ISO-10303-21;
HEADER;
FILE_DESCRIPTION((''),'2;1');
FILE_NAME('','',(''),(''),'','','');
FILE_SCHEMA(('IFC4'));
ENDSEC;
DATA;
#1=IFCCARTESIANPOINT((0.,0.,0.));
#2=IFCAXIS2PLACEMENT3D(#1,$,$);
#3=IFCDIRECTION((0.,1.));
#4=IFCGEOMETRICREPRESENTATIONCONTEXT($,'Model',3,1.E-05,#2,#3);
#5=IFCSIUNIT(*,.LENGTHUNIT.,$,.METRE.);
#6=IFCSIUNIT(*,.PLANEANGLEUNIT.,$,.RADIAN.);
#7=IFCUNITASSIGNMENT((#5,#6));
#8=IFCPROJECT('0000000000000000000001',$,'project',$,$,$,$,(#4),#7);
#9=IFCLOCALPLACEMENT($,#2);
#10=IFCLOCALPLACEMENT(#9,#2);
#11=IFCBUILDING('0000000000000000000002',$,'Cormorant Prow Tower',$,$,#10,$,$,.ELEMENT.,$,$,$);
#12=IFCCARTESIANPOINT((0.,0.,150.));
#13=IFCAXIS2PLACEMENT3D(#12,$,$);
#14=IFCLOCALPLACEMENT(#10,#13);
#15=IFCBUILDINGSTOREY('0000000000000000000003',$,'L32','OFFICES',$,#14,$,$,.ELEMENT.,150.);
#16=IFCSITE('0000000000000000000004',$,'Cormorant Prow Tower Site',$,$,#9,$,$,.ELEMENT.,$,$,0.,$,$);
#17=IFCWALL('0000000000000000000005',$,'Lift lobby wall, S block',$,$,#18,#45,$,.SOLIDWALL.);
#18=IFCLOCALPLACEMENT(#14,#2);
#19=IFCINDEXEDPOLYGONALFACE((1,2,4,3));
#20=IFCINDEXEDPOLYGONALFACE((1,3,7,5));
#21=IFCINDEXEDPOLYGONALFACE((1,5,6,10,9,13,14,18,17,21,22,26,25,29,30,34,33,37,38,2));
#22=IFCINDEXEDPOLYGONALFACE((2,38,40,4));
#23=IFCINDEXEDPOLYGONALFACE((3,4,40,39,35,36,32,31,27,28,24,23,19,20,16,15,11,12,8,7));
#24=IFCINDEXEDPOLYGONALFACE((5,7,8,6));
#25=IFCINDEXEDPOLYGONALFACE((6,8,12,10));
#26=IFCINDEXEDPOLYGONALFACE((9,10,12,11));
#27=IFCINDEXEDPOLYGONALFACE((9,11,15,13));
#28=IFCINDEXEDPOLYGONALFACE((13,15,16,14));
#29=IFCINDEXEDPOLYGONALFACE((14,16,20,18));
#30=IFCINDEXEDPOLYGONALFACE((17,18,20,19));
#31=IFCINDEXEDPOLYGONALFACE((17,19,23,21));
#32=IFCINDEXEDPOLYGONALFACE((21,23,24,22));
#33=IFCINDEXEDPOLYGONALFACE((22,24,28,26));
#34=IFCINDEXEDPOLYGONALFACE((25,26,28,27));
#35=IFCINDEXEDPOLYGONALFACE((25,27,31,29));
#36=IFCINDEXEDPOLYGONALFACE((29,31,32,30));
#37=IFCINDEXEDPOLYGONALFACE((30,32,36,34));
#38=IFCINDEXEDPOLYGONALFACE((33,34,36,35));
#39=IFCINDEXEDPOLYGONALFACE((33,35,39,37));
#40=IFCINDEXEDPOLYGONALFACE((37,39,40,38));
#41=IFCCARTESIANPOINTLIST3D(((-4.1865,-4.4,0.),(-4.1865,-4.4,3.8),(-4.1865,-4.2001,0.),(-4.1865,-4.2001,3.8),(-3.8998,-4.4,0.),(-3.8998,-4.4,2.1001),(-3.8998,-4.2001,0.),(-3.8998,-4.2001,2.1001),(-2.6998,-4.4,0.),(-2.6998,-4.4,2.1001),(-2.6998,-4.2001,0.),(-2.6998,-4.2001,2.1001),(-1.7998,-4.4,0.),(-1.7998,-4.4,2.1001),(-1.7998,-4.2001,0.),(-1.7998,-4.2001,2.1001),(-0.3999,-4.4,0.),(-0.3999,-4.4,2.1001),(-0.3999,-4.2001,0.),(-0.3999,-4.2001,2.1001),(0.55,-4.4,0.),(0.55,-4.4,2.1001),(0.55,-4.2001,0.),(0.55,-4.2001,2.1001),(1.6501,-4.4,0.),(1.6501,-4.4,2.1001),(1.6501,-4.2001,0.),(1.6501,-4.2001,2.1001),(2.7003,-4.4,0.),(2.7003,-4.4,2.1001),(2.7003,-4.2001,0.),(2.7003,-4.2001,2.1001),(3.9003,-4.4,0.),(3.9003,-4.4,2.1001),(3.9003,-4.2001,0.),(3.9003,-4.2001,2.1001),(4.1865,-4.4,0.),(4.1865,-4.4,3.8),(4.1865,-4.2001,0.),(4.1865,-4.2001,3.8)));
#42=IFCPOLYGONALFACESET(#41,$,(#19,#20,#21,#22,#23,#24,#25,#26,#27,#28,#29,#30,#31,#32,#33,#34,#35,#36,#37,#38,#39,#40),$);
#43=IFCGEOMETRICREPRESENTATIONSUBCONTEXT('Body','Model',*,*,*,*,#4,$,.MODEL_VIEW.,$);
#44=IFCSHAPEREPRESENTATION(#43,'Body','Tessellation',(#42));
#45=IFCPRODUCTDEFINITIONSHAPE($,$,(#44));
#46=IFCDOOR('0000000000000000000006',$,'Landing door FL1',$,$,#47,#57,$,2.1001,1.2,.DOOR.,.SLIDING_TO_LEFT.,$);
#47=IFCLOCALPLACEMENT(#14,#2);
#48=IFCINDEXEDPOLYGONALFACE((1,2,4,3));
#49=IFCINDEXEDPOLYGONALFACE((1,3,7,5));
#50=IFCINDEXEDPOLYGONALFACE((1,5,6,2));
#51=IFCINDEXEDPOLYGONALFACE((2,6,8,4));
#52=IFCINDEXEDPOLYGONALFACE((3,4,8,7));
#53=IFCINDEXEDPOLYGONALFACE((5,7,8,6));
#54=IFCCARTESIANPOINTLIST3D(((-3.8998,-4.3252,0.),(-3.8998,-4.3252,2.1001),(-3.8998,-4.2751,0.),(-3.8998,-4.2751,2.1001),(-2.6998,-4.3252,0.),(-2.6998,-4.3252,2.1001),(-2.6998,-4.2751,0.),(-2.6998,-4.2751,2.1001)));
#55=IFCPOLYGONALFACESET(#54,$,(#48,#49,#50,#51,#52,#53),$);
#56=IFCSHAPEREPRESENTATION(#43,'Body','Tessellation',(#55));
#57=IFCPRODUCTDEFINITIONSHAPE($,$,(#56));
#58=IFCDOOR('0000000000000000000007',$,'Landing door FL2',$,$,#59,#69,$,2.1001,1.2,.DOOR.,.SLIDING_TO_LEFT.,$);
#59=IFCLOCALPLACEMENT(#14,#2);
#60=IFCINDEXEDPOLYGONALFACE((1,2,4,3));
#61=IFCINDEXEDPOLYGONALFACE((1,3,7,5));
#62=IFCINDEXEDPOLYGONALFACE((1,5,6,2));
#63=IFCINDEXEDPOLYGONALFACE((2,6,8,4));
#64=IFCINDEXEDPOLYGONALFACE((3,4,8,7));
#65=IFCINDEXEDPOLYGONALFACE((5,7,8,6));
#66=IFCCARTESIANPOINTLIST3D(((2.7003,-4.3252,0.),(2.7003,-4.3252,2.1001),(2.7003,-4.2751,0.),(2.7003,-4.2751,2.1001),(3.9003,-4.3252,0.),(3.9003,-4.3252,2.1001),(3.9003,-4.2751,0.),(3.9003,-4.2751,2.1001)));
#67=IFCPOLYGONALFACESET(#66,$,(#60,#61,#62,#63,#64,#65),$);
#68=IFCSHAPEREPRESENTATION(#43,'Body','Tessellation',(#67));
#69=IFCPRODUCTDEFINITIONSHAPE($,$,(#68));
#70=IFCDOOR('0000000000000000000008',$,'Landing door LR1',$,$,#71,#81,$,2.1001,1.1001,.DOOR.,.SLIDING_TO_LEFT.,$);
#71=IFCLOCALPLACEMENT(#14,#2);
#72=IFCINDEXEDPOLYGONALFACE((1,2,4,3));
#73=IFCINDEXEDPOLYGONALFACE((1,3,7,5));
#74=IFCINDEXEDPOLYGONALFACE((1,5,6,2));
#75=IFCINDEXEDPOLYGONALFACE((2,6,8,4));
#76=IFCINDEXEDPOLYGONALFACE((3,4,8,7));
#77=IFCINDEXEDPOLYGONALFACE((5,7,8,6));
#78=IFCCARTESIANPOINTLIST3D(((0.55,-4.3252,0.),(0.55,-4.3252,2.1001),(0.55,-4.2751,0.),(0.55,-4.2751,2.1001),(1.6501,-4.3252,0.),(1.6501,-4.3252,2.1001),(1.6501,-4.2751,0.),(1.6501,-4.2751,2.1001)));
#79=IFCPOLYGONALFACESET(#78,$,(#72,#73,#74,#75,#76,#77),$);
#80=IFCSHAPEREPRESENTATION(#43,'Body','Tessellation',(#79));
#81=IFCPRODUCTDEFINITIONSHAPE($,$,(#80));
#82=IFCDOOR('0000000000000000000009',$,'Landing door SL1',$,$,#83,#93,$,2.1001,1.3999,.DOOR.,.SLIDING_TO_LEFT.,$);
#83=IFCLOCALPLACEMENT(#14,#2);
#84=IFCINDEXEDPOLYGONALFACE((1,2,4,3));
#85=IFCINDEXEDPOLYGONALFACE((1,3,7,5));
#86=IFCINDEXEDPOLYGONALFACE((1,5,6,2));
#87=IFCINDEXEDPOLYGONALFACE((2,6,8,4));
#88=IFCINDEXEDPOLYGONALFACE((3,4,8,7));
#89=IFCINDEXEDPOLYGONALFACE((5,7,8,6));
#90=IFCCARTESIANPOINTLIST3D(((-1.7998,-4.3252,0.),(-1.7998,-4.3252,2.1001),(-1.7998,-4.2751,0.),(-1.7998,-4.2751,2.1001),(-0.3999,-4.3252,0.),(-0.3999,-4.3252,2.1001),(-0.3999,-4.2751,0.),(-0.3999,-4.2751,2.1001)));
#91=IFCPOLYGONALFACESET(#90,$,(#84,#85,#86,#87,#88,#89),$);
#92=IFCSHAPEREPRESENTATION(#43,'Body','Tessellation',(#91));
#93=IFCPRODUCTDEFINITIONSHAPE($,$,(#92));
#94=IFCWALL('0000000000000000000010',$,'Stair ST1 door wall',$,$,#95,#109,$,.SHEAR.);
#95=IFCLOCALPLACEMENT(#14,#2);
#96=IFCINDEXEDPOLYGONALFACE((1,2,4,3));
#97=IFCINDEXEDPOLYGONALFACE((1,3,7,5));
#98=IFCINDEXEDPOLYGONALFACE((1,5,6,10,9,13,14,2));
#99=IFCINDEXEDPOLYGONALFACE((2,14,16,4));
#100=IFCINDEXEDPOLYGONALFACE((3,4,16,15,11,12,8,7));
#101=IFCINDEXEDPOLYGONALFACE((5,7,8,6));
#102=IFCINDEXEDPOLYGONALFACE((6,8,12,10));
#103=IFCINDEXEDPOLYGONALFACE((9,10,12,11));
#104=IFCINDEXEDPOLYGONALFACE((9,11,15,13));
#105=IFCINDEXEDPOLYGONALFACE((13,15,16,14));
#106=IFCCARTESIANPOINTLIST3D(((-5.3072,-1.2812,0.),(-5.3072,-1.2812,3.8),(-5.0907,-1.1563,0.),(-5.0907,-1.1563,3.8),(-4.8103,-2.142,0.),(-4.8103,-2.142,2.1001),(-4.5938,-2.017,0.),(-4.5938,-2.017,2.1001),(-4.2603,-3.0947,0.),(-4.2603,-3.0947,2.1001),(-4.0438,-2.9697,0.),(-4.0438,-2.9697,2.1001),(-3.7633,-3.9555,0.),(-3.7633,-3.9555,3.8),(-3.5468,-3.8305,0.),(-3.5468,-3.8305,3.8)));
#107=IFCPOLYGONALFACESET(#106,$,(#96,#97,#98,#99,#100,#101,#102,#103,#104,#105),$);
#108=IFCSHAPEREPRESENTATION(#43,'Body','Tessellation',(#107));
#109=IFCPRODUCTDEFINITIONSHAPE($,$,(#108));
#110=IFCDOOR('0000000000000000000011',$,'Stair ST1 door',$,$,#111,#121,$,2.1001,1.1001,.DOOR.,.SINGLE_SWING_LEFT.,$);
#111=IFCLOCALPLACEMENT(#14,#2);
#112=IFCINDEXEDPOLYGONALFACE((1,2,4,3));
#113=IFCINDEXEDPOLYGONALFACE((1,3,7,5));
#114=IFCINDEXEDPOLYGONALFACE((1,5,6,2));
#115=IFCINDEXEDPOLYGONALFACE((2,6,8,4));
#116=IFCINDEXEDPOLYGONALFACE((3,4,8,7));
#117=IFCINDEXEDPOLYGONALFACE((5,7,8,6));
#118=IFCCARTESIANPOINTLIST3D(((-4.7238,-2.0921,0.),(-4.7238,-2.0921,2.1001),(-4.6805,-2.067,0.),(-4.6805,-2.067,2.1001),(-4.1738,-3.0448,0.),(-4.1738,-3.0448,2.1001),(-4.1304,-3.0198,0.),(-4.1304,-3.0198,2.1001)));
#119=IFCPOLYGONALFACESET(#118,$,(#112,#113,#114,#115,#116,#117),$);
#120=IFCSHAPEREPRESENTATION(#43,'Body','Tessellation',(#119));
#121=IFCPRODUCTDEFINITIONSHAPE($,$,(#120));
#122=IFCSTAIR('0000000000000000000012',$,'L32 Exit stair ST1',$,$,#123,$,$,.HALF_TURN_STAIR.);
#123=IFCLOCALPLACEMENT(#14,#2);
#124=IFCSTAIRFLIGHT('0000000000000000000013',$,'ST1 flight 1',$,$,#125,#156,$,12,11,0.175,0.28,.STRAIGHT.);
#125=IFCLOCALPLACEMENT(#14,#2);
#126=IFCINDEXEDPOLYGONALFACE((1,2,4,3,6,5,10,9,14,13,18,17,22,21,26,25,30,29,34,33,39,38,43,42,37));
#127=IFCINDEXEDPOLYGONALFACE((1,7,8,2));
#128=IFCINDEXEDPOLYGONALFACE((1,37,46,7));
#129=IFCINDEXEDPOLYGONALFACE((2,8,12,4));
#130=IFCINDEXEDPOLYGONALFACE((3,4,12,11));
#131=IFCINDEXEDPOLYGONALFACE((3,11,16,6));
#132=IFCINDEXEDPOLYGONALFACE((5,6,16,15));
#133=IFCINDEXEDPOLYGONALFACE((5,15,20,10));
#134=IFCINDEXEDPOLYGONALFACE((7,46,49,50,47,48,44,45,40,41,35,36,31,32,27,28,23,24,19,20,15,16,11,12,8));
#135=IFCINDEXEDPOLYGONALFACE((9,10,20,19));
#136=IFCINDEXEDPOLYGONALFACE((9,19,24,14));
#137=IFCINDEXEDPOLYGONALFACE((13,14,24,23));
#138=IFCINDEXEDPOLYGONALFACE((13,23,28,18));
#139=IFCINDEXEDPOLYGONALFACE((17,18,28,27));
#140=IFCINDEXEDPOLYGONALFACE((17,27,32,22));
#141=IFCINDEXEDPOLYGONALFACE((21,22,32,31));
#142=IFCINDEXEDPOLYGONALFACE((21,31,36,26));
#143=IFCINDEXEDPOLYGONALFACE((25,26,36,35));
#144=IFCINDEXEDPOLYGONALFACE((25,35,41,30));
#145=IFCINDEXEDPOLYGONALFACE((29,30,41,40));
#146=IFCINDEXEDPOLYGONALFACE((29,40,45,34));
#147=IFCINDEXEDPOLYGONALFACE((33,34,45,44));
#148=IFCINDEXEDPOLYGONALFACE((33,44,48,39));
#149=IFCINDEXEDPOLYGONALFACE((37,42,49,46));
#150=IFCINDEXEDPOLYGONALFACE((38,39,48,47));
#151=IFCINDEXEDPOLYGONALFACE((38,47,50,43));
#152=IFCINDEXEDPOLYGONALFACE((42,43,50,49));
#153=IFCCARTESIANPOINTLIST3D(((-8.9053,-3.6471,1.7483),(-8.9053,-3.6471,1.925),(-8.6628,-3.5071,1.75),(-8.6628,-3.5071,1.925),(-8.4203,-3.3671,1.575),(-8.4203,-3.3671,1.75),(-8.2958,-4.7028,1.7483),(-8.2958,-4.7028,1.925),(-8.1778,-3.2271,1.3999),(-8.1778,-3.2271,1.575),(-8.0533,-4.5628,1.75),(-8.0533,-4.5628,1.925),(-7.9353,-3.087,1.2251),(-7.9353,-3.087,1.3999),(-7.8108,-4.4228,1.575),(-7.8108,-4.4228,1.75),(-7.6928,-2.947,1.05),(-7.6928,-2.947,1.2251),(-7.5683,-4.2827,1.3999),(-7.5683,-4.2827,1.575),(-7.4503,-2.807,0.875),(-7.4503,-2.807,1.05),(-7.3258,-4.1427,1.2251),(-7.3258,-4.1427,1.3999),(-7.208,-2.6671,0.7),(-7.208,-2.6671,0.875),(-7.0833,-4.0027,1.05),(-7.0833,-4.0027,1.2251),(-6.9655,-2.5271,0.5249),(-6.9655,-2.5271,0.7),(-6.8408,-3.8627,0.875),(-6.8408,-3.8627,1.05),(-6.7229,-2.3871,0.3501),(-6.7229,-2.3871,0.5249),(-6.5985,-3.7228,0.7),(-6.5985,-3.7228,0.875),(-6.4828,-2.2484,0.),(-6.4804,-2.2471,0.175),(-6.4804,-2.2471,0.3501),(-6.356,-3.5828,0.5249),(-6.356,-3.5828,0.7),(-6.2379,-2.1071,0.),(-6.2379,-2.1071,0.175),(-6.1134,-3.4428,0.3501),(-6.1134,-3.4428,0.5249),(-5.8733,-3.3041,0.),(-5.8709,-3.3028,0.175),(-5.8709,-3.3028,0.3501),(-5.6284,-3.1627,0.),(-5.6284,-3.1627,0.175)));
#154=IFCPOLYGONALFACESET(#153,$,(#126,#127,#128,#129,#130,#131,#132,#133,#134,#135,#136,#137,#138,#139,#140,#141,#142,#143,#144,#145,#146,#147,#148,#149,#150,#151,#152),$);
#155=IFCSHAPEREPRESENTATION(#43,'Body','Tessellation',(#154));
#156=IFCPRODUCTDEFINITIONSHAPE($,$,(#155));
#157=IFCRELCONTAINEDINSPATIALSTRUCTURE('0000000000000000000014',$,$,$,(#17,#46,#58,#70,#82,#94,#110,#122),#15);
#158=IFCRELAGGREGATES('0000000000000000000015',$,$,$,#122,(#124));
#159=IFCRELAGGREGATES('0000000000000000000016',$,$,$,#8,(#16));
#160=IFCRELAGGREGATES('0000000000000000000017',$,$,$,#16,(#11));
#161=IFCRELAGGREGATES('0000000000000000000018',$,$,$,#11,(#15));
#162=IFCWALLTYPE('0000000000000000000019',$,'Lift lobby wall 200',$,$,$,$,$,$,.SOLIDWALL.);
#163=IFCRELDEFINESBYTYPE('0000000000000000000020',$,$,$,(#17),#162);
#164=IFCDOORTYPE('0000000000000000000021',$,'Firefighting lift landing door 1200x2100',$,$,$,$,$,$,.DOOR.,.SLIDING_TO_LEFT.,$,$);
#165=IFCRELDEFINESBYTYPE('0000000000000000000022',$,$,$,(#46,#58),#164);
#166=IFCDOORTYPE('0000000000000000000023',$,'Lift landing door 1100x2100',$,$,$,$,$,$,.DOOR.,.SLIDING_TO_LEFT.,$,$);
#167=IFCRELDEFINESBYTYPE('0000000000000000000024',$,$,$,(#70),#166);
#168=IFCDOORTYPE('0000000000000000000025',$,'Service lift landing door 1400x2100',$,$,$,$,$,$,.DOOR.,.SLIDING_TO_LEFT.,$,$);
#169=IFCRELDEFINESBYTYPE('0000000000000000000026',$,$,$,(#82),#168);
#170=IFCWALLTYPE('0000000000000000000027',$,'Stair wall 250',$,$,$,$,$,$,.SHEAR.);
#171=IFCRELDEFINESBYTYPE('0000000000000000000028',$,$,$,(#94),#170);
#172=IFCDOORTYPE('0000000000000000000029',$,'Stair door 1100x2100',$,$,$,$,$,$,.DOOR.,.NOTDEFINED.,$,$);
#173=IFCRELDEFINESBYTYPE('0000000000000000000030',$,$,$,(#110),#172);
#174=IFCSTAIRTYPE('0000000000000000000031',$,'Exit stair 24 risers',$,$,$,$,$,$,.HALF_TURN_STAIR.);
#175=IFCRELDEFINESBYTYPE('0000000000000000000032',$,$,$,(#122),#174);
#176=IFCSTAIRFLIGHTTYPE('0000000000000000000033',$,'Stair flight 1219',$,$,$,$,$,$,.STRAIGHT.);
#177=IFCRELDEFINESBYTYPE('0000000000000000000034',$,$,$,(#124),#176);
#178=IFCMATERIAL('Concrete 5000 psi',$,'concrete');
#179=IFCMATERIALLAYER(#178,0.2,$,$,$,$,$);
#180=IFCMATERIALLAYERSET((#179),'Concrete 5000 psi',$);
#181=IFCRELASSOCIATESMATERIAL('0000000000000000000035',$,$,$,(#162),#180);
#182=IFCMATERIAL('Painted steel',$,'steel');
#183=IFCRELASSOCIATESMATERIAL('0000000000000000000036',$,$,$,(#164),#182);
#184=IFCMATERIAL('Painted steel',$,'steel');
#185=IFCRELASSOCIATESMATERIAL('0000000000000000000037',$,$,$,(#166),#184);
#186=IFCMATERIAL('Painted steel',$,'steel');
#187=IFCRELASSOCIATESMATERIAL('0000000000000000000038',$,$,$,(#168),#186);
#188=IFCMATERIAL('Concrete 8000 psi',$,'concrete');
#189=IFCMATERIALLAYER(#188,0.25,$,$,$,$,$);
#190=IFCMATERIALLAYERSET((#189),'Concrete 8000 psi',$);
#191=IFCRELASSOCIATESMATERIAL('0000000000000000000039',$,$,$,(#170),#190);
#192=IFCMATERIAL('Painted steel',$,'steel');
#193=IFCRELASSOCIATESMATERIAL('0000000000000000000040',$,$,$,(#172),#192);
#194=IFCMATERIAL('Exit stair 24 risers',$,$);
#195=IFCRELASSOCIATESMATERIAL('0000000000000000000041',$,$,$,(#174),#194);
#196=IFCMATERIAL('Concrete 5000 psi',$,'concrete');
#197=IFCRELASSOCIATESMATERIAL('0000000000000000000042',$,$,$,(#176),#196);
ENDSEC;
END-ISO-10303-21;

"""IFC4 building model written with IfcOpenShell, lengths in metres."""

from ifc_helpers import new_model, si_unit, direction, frame, frame_2d, origin, place, context, subcontext, project, spatial, polyline, rectangle, outline, extrude, material, layer, layer_set, type_object, element, fill, aggregate, save


model = new_model("IFC4")

# Units and contexts
model_context = context("Model", 3, precision=1e-05, world=origin(), true_north=direction((0.0, 1.0)))
body_context = subcontext(model_context, "Body", "Model", "MODEL_VIEW")
ifc_project = project(units=[si_unit("LENGTHUNIT", "METRE"), si_unit("PLANEANGLEUNIT", "RADIAN")], contexts=[model_context])

# Site, building, storey
site_placement = place(None, origin())
site = spatial("IfcSite", under=ifc_project, at=site_placement, Name="Cormorant Prow Tower Site", CompositionType="ELEMENT", RefElevation=0.0)
building_placement = place(site_placement, origin())
building = spatial("IfcBuilding", under=site, at=building_placement, Name="Cormorant Prow Tower", CompositionType="ELEMENT")
storey_placement = place(building_placement, frame((0.0, 0.0, 150.0)))
storey = spatial("IfcBuildingStorey", under=building, at=storey_placement, Name="L32", Description="OFFICES", CompositionType="ELEMENT", Elevation=150.0)

# Wall, openings, doors
ifc_material_1 = material(Name="Concrete 5000 psi", Category="concrete")
ifc_layer_1 = layer(ifc_material_1, 0.2)
ifc_layer_set_1 = layer_set([ifc_layer_1], Name="Concrete 5000 psi")
wall_type_1 = type_object("IfcWallType", Name="Lift lobby wall 200", PredefinedType="SOLIDWALL", material=ifc_layer_set_1)
wall_1_placement = place(storey_placement, frame((-4.1865, -4.3, 0.0), z_axis=(0.0, 0.0, 1.0), x_axis=(1.0, 0.0, 0.0)))
wall_1 = element("IfcWall", 1, at=wall_1_placement, inside=storey, type_object=wall_type_1, Name="Lift lobby wall, S block", PredefinedType="SOLIDWALL", context=body_context, shape_type="SweptSolid", body=[
    extrude(rectangle(XDim=8.373, YDim=0.2, at=frame_2d((4.1865, 0.0))), origin(), (0.0, 0.0, 1.0), 3.8),
])
opening_1_placement = place(wall_1_placement, frame((0.2866, 0.0, 0.0)))
opening_1 = element("IfcOpeningElement", 2, at=opening_1_placement, cuts=wall_1, PredefinedType="OPENING", context=body_context, shape_type="SweptSolid", body=[
    extrude(rectangle(XDim=1.2, YDim=2.1001, at=frame_2d((0.6001, 1.05))), frame((0.0, 0.1099, 0.0), z_axis=(0.0, -1.0, 0.0), x_axis=(1.0, 0.0, 0.0)), (0.0, 0.0, 1.0), 0.22),
])
opening_2_placement = place(wall_1_placement, frame((2.3867, 0.0, 0.0)))
opening_2 = element("IfcOpeningElement", 3, at=opening_2_placement, cuts=wall_1, PredefinedType="OPENING", context=body_context, shape_type="SweptSolid", body=[
    extrude(rectangle(XDim=1.3999, YDim=2.1001, at=frame_2d((0.7, 1.05))), frame((0.0, 0.1099, 0.0), z_axis=(0.0, -1.0, 0.0), x_axis=(1.0, 0.0, 0.0)), (0.0, 0.0, 1.0), 0.22),
])
opening_3_placement = place(wall_1_placement, frame((4.7366, 0.0, 0.0)))
opening_3 = element("IfcOpeningElement", 4, at=opening_3_placement, cuts=wall_1, PredefinedType="OPENING", context=body_context, shape_type="SweptSolid", body=[
    extrude(rectangle(XDim=1.1001, YDim=2.1001, at=frame_2d((0.55, 1.05))), frame((0.0, 0.1099, 0.0), z_axis=(0.0, -1.0, 0.0), x_axis=(1.0, 0.0, 0.0)), (0.0, 0.0, 1.0), 0.22),
])
opening_4_placement = place(wall_1_placement, frame((6.8867, 0.0, 0.0)))
opening_4 = element("IfcOpeningElement", 5, at=opening_4_placement, cuts=wall_1, PredefinedType="OPENING", context=body_context, shape_type="SweptSolid", body=[
    extrude(rectangle(XDim=1.2, YDim=2.1001, at=frame_2d((0.6001, 1.05))), frame((0.0, 0.1099, 0.0), z_axis=(0.0, -1.0, 0.0), x_axis=(1.0, 0.0, 0.0)), (0.0, 0.0, 1.0), 0.22),
])
ifc_material_2 = material(Name="Painted steel", Category="steel")
door_type_1 = type_object("IfcDoorType", Name="Firefighting lift landing door 1200x2100", OperationType="SLIDING_TO_LEFT", PredefinedType="DOOR", material=ifc_material_2)
door_1_placement = place(opening_1_placement, origin())
door_1 = element("IfcDoor", 6, at=door_1_placement, inside=storey, type_object=door_type_1, Name="Landing door FL1", OperationType="SLIDING_TO_LEFT", OverallHeight=2.1001, OverallWidth=1.2, PredefinedType="DOOR", context=body_context, shape_type="SweptSolid", body=[
    extrude(rectangle(XDim=1.2, YDim=2.1001, at=frame_2d((0.6001, 1.05))), frame((0.0, 0.0249, 0.0), z_axis=(0.0, -1.0, 0.0), x_axis=(1.0, 0.0, 0.0)), (0.0, 0.0, 1.0), 0.05),
])
fill(opening_1, door_1)
door_2_placement = place(opening_4_placement, origin())
door_2 = element("IfcDoor", 7, at=door_2_placement, inside=storey, type_object=door_type_1, Name="Landing door FL2", OperationType="SLIDING_TO_LEFT", OverallHeight=2.1001, OverallWidth=1.2, PredefinedType="DOOR", context=body_context, shape_type="SweptSolid", body=[
    extrude(rectangle(XDim=1.2, YDim=2.1001, at=frame_2d((0.6001, 1.05))), frame((0.0, 0.0249, 0.0), z_axis=(0.0, -1.0, 0.0), x_axis=(1.0, 0.0, 0.0)), (0.0, 0.0, 1.0), 0.05),
])
fill(opening_4, door_2)
ifc_material_3 = material(Name="Painted steel", Category="steel")
door_type_2 = type_object("IfcDoorType", Name="Lift landing door 1100x2100", OperationType="SLIDING_TO_LEFT", PredefinedType="DOOR", material=ifc_material_3)
door_3_placement = place(opening_3_placement, origin())
door_3 = element("IfcDoor", 8, at=door_3_placement, inside=storey, type_object=door_type_2, Name="Landing door LR1", OperationType="SLIDING_TO_LEFT", OverallHeight=2.1001, OverallWidth=1.1001, PredefinedType="DOOR", context=body_context, shape_type="SweptSolid", body=[
    extrude(rectangle(XDim=1.1001, YDim=2.1001, at=frame_2d((0.55, 1.05))), frame((0.0, 0.0249, 0.0), z_axis=(0.0, -1.0, 0.0), x_axis=(1.0, 0.0, 0.0)), (0.0, 0.0, 1.0), 0.05),
])
fill(opening_3, door_3)
ifc_material_4 = material(Name="Painted steel", Category="steel")
door_type_3 = type_object("IfcDoorType", Name="Service lift landing door 1400x2100", OperationType="SLIDING_TO_LEFT", PredefinedType="DOOR", material=ifc_material_4)
door_4_placement = place(opening_2_placement, origin())
door_4 = element("IfcDoor", 9, at=door_4_placement, inside=storey, type_object=door_type_3, Name="Landing door SL1", OperationType="SLIDING_TO_LEFT", OverallHeight=2.1001, OverallWidth=1.3999, PredefinedType="DOOR", context=body_context, shape_type="SweptSolid", body=[
    extrude(rectangle(XDim=1.3999, YDim=2.1001, at=frame_2d((0.7, 1.05))), frame((0.0, 0.0249, 0.0), z_axis=(0.0, -1.0, 0.0), x_axis=(1.0, 0.0, 0.0)), (0.0, 0.0, 1.0), 0.05),
])
fill(opening_2, door_4)

# Wall, opening, door
ifc_material_5 = material(Name="Concrete 8000 psi", Category="concrete")
ifc_layer_2 = layer(ifc_material_5, 0.25)
ifc_layer_set_2 = layer_set([ifc_layer_2], Name="Concrete 8000 psi")
wall_type_2 = type_object("IfcWallType", Name="Stair wall 250", PredefinedType="SHEAR", material=ifc_layer_set_2)
wall_2_placement = place(storey_placement, frame((-5.199, -1.2188, 0.0), z_axis=(0.0, 0.0, 1.0), x_axis=(0.499983, -0.866035, 0.0)))
wall_2 = element("IfcWall", 10, at=wall_2_placement, inside=storey, type_object=wall_type_2, Name="Stair ST1 door wall", PredefinedType="SHEAR", context=body_context, shape_type="SweptSolid", body=[
    extrude(rectangle(XDim=3.0879, YDim=0.25, at=frame_2d((1.5439, 0.0))), origin(), (0.0, 0.0, 1.0), 3.8),
])
opening_5_placement = place(wall_2_placement, frame((0.9939, 0.0, 0.0)))
opening_5 = element("IfcOpeningElement", 11, at=opening_5_placement, cuts=wall_2, PredefinedType="OPENING", context=body_context, shape_type="SweptSolid", body=[
    extrude(rectangle(XDim=1.1001, YDim=2.1001, at=frame_2d((0.55, 1.05))), frame((0.0, 0.135, 0.0), z_axis=(0.0, -1.0, 0.0), x_axis=(1.0, 0.0, 0.0)), (0.0, 0.0, 1.0), 0.27),
])
ifc_material_6 = material(Name="Painted steel", Category="steel")
door_type_4 = type_object("IfcDoorType", Name="Stair door 1100x2100", OperationType="NOTDEFINED", PredefinedType="DOOR", material=ifc_material_6)
door_5_placement = place(opening_5_placement, origin())
door_5 = element("IfcDoor", 12, at=door_5_placement, inside=storey, type_object=door_type_4, Name="Stair ST1 door", OperationType="SINGLE_SWING_LEFT", OverallHeight=2.1001, OverallWidth=1.1001, PredefinedType="DOOR", context=body_context, shape_type="SweptSolid", body=[
    extrude(rectangle(XDim=1.1001, YDim=2.1001, at=frame_2d((0.55, 1.05))), frame((0.0, 0.0249, 0.0), z_axis=(0.0, -1.0, 0.0), x_axis=(1.0, 0.0, 0.0)), (0.0, 0.0, 1.0), 0.05),
])
fill(opening_5, door_5)

# Stair, stair flight
ifc_material_7 = material(Name="Exit stair 24 risers")
stair_type = type_object("IfcStairType", Name="Exit stair 24 risers", PredefinedType="HALF_TURN_STAIR", material=ifc_material_7)
stair_placement = place(storey_placement, origin())
stair = element("IfcStair", 13, at=stair_placement, inside=storey, type_object=stair_type, Name="L32 Exit stair ST1", PredefinedType="HALF_TURN_STAIR")
ifc_material_8 = material(Name="Concrete 5000 psi", Category="concrete")
stair_flight_type = type_object("IfcStairFlightType", Name="Stair flight 1219", PredefinedType="STRAIGHT", material=ifc_material_8)
stair_flight_placement = place(storey_placement, frame((-5.9331, -2.635, 0.0), z_axis=(0.0, 0.0, 1.0), x_axis=(-0.866025, -0.5, 0.0)))
stair_flight = element("IfcStairFlight", 14, at=stair_flight_placement, type_object=stair_flight_type, Name="ST1 flight 1", NumberOfRisers=12, NumberOfTreads=11, PredefinedType="STRAIGHT", RiserHeight=0.175, TreadLength=0.28, context=body_context, shape_type="SweptSolid", body=[
    extrude(outline(polyline([(0.0, 0.0), (0.0, 0.175), (0.28, 0.175), (0.28, 0.3501), (0.5601, 0.3501), (0.5601, 0.5249), (0.8401, 0.5249), (0.8401, 0.7), (1.1201, 0.7), (1.1201, 0.875), (1.3999, 0.875), (1.3999, 1.05), (1.6799, 1.05), (1.6799, 1.2251), (1.96, 1.2251), (1.96, 1.3999), (2.24, 1.3999), (2.24, 1.575), (2.52, 1.575), (2.52, 1.75), (2.8, 1.75), (2.8, 1.925), (3.0801, 1.925), (3.0801, 2.1001), (3.0801, 1.7483), (0.2827, 0.0), (0.0, 0.0)])), frame((0.0, 0.6094, 0.0), z_axis=(0.0, -1.0, 0.0), x_axis=(1.0, 0.0, 0.0)), (0.0, 0.0, 1.0), 1.219),
])
aggregate(stair, [stair_flight])

save(model, "model.ifc")
